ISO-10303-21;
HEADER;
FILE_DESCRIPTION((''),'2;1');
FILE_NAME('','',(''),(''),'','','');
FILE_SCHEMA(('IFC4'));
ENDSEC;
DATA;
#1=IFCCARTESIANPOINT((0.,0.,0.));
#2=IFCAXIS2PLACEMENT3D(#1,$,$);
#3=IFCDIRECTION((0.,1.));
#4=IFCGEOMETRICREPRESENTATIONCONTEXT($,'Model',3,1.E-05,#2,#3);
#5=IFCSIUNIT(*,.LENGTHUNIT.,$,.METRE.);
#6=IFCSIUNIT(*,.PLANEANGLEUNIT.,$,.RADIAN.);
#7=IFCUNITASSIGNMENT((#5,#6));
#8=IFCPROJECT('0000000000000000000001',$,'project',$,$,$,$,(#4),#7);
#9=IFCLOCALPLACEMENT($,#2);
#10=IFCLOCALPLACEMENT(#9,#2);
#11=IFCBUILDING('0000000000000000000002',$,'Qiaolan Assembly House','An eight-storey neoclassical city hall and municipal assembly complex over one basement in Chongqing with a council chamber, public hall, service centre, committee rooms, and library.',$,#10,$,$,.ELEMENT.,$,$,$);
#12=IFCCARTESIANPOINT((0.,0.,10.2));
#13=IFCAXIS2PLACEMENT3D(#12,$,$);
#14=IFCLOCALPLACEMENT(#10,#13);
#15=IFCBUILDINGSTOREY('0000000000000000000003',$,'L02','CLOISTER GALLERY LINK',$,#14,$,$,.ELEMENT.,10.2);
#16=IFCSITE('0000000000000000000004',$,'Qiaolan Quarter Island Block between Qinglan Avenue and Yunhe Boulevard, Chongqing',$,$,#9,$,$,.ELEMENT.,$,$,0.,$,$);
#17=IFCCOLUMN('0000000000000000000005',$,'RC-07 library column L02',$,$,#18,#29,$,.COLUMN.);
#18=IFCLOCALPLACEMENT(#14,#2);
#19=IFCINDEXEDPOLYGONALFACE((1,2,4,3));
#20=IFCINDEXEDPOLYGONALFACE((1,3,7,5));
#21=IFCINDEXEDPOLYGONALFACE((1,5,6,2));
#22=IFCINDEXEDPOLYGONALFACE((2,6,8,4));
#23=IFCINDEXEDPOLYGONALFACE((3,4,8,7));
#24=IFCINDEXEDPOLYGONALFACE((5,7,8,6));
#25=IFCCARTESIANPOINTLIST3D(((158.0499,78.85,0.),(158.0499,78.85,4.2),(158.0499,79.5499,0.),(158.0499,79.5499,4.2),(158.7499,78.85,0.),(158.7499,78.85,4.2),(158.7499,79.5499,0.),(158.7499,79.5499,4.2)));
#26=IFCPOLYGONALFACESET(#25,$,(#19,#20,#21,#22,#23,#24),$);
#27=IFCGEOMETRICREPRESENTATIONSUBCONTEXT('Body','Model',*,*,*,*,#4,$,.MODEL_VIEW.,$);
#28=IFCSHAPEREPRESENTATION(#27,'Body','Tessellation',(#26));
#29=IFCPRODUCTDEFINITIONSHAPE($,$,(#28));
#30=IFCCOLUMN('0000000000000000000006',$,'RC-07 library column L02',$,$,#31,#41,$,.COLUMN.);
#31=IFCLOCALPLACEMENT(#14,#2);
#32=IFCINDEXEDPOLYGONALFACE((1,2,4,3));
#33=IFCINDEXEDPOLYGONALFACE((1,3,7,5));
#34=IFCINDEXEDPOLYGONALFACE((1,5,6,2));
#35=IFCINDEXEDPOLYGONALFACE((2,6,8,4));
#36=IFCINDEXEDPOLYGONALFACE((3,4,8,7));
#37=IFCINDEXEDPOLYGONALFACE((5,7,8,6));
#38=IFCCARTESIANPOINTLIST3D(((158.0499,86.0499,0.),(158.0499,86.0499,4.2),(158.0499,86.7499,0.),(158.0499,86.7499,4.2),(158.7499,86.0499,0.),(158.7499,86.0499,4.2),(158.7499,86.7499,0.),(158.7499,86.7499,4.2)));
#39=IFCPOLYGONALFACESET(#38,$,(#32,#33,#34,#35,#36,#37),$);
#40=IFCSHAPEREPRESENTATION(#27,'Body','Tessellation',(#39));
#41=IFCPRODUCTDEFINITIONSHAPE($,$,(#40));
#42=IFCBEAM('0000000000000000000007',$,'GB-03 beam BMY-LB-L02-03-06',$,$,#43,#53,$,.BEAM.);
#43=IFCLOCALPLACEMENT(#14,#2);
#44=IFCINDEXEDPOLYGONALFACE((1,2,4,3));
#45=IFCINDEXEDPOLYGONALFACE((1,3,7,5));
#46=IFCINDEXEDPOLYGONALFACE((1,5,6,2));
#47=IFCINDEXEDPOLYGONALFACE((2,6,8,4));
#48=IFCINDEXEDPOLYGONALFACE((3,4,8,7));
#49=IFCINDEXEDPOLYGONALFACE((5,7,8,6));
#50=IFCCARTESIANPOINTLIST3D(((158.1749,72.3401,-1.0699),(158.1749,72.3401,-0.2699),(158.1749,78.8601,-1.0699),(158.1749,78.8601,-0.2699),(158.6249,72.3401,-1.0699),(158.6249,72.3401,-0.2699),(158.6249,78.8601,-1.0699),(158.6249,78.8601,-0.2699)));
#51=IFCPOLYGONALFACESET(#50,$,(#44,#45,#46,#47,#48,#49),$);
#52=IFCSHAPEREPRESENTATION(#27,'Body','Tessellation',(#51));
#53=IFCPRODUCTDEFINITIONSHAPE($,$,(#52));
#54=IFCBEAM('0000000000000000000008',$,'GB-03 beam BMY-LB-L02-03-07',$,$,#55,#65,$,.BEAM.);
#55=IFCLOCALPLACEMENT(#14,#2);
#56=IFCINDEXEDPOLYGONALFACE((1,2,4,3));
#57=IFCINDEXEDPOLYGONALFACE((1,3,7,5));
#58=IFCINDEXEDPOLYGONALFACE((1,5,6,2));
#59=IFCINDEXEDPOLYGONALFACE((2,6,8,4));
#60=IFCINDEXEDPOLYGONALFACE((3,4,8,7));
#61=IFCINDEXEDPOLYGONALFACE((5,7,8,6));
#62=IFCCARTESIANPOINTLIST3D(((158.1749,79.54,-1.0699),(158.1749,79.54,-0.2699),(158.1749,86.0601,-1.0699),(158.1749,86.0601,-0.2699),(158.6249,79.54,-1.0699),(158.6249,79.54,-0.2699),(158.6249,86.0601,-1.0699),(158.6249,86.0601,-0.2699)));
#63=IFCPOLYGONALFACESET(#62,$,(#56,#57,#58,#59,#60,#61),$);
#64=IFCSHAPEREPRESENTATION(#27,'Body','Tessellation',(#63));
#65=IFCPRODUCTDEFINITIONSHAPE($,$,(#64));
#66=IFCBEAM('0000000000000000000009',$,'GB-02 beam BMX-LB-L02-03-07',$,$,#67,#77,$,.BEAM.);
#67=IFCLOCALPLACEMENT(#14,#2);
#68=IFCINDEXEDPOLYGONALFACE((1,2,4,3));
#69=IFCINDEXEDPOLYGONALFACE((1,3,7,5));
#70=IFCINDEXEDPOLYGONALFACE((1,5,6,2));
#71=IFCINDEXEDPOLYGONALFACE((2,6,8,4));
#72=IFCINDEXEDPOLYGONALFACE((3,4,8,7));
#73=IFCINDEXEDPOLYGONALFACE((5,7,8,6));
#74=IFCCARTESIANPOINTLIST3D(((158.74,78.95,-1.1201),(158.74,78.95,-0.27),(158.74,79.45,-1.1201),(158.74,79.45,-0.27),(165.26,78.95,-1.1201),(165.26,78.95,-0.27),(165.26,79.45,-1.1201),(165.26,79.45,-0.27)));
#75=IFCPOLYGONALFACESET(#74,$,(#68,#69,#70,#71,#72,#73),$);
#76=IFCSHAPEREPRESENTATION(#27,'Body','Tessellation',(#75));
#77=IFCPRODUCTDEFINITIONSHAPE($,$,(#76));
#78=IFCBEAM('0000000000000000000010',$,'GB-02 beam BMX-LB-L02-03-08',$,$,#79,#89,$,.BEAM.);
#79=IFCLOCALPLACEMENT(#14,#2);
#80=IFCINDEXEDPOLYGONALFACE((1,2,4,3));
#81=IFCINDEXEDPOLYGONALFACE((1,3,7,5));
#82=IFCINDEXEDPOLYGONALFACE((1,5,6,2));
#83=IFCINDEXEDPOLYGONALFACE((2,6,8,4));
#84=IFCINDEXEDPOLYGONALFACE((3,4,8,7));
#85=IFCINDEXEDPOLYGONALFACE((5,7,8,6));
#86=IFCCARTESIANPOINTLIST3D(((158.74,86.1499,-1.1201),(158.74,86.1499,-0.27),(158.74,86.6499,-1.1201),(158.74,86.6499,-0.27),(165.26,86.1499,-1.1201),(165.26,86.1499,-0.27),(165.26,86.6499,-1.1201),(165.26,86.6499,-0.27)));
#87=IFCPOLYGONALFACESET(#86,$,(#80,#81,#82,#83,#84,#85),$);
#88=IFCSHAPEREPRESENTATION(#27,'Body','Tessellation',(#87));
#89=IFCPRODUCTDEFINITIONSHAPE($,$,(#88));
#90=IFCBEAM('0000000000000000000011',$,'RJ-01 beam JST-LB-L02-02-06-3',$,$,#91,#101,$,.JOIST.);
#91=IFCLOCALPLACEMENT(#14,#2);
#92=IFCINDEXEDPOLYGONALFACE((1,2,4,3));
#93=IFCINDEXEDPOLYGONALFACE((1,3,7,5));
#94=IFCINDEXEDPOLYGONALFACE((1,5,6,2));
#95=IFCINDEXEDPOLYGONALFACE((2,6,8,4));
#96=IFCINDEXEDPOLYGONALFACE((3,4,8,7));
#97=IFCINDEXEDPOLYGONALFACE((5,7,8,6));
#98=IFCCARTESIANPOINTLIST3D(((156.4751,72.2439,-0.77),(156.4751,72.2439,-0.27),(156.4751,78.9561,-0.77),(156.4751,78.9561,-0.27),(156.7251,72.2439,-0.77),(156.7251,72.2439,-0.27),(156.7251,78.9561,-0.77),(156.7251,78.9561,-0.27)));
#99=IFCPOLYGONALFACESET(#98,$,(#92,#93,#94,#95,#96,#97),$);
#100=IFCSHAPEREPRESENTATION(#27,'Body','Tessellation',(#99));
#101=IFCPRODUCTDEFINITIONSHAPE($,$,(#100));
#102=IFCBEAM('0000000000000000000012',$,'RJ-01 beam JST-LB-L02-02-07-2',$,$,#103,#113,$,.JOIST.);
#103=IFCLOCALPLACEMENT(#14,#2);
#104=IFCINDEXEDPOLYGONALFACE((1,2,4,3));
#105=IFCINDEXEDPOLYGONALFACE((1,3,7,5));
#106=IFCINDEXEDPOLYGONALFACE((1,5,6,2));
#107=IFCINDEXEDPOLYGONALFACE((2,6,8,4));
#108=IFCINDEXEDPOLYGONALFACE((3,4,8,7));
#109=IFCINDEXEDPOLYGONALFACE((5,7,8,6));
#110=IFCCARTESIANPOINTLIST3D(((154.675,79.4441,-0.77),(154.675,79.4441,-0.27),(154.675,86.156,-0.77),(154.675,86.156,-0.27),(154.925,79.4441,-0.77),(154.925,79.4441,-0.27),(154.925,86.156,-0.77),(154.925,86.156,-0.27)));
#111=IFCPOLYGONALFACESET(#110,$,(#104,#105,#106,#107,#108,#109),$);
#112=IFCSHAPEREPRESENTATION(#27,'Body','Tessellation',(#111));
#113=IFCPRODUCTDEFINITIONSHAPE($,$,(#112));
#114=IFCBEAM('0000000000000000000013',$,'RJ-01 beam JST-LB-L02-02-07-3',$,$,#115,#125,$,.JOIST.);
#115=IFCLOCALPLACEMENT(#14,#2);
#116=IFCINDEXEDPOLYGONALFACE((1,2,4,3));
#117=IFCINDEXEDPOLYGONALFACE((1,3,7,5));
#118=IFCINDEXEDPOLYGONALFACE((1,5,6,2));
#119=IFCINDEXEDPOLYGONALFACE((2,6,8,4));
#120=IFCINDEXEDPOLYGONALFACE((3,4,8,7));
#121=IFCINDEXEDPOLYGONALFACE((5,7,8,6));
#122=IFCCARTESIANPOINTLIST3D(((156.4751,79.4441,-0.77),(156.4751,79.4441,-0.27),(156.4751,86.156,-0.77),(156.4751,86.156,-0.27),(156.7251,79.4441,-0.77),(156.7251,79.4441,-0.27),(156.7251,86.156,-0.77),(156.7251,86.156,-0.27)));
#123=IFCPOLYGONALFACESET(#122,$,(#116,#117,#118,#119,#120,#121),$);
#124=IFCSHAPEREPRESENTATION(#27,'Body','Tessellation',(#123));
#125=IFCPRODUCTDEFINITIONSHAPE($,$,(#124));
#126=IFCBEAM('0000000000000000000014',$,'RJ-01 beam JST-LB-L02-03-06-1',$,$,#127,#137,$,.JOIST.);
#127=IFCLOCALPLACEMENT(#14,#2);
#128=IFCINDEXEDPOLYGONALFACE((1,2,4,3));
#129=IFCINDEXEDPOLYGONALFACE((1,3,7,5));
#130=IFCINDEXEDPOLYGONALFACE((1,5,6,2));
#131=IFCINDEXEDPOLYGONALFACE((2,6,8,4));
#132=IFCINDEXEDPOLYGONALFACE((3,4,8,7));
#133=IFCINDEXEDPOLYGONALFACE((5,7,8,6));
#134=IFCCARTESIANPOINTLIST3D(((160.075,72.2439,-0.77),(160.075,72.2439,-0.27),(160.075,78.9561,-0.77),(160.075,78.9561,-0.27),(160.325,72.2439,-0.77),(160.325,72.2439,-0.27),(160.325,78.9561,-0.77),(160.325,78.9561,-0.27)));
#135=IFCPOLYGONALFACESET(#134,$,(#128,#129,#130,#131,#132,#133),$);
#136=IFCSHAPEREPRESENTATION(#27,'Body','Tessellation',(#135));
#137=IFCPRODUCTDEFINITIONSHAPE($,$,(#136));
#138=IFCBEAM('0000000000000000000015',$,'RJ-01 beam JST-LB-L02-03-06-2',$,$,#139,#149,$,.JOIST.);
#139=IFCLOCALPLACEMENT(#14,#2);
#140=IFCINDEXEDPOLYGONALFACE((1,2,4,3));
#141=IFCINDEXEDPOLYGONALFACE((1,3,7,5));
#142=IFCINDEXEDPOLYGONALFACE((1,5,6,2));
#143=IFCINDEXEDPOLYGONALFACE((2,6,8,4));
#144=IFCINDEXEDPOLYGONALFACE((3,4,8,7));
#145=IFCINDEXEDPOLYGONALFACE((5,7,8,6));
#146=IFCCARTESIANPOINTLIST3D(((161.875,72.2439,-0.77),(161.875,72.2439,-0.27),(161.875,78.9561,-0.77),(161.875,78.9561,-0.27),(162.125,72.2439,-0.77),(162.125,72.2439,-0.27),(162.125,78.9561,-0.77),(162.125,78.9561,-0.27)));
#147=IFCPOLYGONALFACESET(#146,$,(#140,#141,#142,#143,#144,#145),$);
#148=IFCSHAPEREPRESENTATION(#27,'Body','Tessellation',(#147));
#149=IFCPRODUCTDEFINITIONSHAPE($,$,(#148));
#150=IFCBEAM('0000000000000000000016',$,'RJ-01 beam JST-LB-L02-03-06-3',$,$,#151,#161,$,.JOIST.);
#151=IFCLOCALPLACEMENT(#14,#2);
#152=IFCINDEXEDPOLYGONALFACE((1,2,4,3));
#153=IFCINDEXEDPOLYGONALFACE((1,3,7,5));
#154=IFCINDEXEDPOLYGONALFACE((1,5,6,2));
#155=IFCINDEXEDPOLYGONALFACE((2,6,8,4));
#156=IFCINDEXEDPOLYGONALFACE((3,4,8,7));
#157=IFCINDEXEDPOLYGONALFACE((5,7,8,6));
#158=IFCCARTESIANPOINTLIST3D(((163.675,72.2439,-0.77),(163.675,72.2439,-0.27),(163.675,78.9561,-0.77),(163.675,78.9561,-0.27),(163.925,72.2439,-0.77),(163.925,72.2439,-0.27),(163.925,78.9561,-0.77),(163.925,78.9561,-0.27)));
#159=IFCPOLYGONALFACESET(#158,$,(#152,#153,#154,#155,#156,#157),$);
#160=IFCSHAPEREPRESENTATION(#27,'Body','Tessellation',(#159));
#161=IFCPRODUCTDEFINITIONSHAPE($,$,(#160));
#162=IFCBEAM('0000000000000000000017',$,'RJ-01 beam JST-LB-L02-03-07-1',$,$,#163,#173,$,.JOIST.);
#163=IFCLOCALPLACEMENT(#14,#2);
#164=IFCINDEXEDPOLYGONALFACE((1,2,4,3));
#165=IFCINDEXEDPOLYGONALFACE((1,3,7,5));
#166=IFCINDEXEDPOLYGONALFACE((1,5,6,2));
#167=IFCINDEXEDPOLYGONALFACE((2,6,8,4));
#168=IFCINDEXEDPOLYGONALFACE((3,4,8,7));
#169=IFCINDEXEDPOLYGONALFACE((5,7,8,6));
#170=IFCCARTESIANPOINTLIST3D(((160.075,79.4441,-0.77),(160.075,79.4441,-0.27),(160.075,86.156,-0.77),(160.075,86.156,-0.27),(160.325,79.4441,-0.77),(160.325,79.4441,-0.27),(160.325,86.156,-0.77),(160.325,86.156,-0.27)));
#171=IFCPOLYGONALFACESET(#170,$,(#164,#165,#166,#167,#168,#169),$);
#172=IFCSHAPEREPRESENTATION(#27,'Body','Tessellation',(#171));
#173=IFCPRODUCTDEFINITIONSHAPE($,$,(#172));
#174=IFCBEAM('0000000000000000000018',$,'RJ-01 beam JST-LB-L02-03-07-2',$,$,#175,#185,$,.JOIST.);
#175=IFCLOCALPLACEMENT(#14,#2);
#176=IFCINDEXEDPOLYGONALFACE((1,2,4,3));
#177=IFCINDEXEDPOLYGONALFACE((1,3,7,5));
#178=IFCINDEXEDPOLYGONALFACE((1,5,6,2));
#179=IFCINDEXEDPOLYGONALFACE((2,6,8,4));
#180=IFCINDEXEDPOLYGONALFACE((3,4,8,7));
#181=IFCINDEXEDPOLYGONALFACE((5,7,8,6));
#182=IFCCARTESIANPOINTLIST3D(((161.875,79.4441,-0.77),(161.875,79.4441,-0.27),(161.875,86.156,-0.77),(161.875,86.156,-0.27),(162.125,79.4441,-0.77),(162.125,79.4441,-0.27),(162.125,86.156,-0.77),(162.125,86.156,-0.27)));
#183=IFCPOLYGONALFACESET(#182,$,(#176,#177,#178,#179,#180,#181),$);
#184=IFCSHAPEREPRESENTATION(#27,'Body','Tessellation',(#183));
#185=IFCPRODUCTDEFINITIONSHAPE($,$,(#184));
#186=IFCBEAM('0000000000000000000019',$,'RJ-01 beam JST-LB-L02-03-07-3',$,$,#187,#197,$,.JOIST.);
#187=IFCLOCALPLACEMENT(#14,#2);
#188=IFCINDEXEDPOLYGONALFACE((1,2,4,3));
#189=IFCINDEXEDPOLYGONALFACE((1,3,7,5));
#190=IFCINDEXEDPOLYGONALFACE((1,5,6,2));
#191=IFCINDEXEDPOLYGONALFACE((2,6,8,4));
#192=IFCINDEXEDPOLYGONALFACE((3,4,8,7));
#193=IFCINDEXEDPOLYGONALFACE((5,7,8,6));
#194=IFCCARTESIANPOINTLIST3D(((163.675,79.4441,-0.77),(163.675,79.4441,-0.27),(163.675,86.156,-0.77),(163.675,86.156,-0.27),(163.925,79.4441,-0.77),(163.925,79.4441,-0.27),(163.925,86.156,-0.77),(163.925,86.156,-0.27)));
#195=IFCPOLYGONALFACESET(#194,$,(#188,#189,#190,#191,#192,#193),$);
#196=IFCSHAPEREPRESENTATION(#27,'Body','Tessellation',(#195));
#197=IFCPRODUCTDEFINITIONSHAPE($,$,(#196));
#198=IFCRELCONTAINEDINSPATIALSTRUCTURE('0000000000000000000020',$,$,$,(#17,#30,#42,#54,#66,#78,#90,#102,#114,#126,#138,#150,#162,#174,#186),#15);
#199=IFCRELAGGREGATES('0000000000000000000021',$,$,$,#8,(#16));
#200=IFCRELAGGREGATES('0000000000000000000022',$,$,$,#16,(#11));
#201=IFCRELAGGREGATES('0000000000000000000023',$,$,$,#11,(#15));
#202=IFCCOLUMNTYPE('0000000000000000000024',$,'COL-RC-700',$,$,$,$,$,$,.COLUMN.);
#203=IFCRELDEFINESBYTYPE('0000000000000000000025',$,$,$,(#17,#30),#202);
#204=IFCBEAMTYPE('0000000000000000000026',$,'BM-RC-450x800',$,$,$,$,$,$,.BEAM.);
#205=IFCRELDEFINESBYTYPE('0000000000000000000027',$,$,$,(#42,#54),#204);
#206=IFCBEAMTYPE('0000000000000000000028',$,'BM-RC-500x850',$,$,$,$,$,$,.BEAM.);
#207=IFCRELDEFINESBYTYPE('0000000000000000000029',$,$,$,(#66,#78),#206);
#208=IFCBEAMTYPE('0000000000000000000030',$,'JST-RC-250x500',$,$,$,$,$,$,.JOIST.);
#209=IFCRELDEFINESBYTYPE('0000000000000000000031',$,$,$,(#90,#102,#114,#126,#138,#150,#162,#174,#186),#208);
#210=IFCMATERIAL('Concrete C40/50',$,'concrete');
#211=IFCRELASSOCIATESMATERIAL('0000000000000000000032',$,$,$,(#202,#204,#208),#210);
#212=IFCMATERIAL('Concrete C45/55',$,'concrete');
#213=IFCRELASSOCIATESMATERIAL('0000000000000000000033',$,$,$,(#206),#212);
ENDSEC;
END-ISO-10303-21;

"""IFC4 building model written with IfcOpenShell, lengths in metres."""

from ifc_helpers import new_model, si_unit, direction, frame, origin, origin_2d, place, context, subcontext, project, spatial, rectangle, extrude, material, material_profile, profile_set, type_object, element, save


model = new_model("IFC4")

# Units and contexts
model_context = context("Model", 3, precision=1e-05, world=origin(), true_north=direction((0.0, 1.0)))
body_context = subcontext(model_context, "Body", "Model", "MODEL_VIEW")
ifc_project = project(units=[si_unit("LENGTHUNIT", "METRE"), si_unit("PLANEANGLEUNIT", "RADIAN")], contexts=[model_context])

# Site, building, storey
site_placement = place(None, origin())
site = spatial("IfcSite", under=ifc_project, at=site_placement, Name="Qiaolan Quarter Island Block between Qinglan Avenue and Yunhe Boulevard, Chongqing", CompositionType="ELEMENT", RefElevation=0.0)
building_placement = place(site_placement, origin())
building = spatial("IfcBuilding", under=site, at=building_placement, Name="Qiaolan Assembly House", Description="An eight-storey neoclassical city hall and municipal assembly complex over one basement in Chongqing with a council chamber, public hall, service centre, committee rooms, and library.", CompositionType="ELEMENT")
storey_placement = place(building_placement, frame((0.0, 0.0, 10.2)))
storey = spatial("IfcBuildingStorey", under=building, at=storey_placement, Name="L02", Description="CLOISTER GALLERY LINK", CompositionType="ELEMENT", Elevation=10.2)

# Columns
ifc_material_1 = material(Name="Concrete C40/50", Category="concrete")
ifc_material_profile_1 = material_profile(ifc_material_1, rectangle(XDim=0.7, YDim=0.7, at=origin_2d()), Name="RC 700x700")
ifc_profile_set_1 = profile_set([ifc_material_profile_1], Name="Concrete C40/50")
column_type = type_object("IfcColumnType", Name="COL-RC-700", PredefinedType="COLUMN", material=ifc_profile_set_1)
for number, where, z_axis, x_axis, name in (
    (1, (158.3999, 79.2, 0.0), (0.0, 0.0, 1.0), (1.0, 0.0, 0.0), "RC-07 library column L02"),
    (2, (158.3999, 86.3999, 0.0), (0.0, 0.0, 1.0), (1.0, 0.0, 0.0), "RC-07 library column L02"),
):
    element("IfcColumn", number, at=place(storey_placement, frame(where, z_axis=z_axis, x_axis=x_axis)), inside=storey, type_object=column_type, Name=name, PredefinedType="COLUMN", context=body_context, shape_type="SweptSolid", body=[
        extrude(rectangle(XDim=0.7, YDim=0.7, at=origin_2d()), origin(), (0.0, 0.0, 1.0), 4.2),
    ])

# Beams
ifc_material_profile_2 = material_profile(ifc_material_1, rectangle(XDim=0.45, YDim=0.8, at=origin_2d()), Name="RCB 450x800")
ifc_profile_set_2 = profile_set([ifc_material_profile_2], Name="Concrete C40/50")
beam_type_1 = type_object("IfcBeamType", Name="BM-RC-450x800", PredefinedType="BEAM", material=ifc_profile_set_2)
for number, where, z_axis, x_axis, name in (
    (3, (158.3999, 72.3401, -0.6699), (0.0, 1.0, 0.0), (-1.0, 0.0, 0.0), "GB-03 beam BMY-LB-L02-03-06"),
    (4, (158.3999, 79.54, -0.6699), (0.0, 1.0, 0.0), (-1.0, 0.0, 0.0), "GB-03 beam BMY-LB-L02-03-07"),
):
    element("IfcBeam", number, at=place(storey_placement, frame(where, z_axis=z_axis, x_axis=x_axis)), inside=storey, type_object=beam_type_1, Name=name, PredefinedType="BEAM", context=body_context, shape_type="SweptSolid", body=[
        extrude(rectangle(XDim=0.45, YDim=0.8, at=origin_2d()), origin(), (0.0, 0.0, 1.0), 6.52),
    ])
ifc_material_2 = material(Name="Concrete C45/55", Category="concrete")
ifc_material_profile_3 = material_profile(ifc_material_2, rectangle(XDim=0.5, YDim=0.8501, at=origin_2d()), Name="RCB 500x850")
ifc_profile_set_3 = profile_set([ifc_material_profile_3], Name="Concrete C45/55")
beam_type_2 = type_object("IfcBeamType", Name="BM-RC-500x850", PredefinedType="BEAM", material=ifc_profile_set_3)
for number, where, z_axis, x_axis, name in (
    (5, (158.74, 79.2, -0.6951), (1.0, 0.0, 0.0), (0.0, 1.0, 0.0), "GB-02 beam BMX-LB-L02-03-07"),
    (6, (158.74, 86.3999, -0.6951), (1.0, 0.0, 0.0), (0.0, 1.0, 0.0), "GB-02 beam BMX-LB-L02-03-08"),
):
    element("IfcBeam", number, at=place(storey_placement, frame(where, z_axis=z_axis, x_axis=x_axis)), inside=storey, type_object=beam_type_2, Name=name, PredefinedType="BEAM", context=body_context, shape_type="SweptSolid", body=[
        extrude(rectangle(XDim=0.5, YDim=0.8501, at=origin_2d()), origin(), (0.0, 0.0, 1.0), 6.52),
    ])
ifc_material_profile_4 = material_profile(ifc_material_1, rectangle(XDim=0.25, YDim=0.5, at=origin_2d()), Name="RCB 250x500")
ifc_profile_set_4 = profile_set([ifc_material_profile_4], Name="Concrete C40/50")
beam_type_3 = type_object("IfcBeamType", Name="JST-RC-250x500", PredefinedType="JOIST", material=ifc_profile_set_4)
beam_placement = place(storey_placement, frame((156.6001, 72.2439, -0.52), z_axis=(0.0, 1.0, 0.0), x_axis=(-1.0, 0.0, 0.0)))
element("IfcBeam", 7, at=beam_placement, inside=storey, type_object=beam_type_3, Name="RJ-01 beam JST-LB-L02-02-06-3", PredefinedType="JOIST", context=body_context, shape_type="SweptSolid", body=[
    extrude(rectangle(XDim=0.25, YDim=0.5, at=origin_2d()), origin(), (0.0, 0.0, 1.0), 6.7122),
])
for number, where, z_axis, x_axis, name in (
    (8, (154.8, 79.4441, -0.52), (0.0, 1.0, 0.0), (-1.0, 0.0, 0.0), "RJ-01 beam JST-LB-L02-02-07-2"),
    (9, (156.6001, 79.4441, -0.52), (0.0, 1.0, 0.0), (-1.0, 0.0, 0.0), "RJ-01 beam JST-LB-L02-02-07-3"),
):
    element("IfcBeam", number, at=place(storey_placement, frame(where, z_axis=z_axis, x_axis=x_axis)), inside=storey, type_object=beam_type_3, Name=name, PredefinedType="JOIST", context=body_context, shape_type="SweptSolid", body=[
        extrude(rectangle(XDim=0.25, YDim=0.5, at=origin_2d()), origin(), (0.0, 0.0, 1.0), 6.7119),
    ])
for number, where, z_axis, x_axis, name in (
    (10, (160.2, 72.2439, -0.52), (0.0, 1.0, 0.0), (-1.0, 0.0, 0.0), "RJ-01 beam JST-LB-L02-03-06-1"),
    (11, (162.0, 72.2439, -0.52), (0.0, 1.0, 0.0), (-1.0, 0.0, 0.0), "RJ-01 beam JST-LB-L02-03-06-2"),
    (12, (163.8, 72.2439, -0.52), (0.0, 1.0, 0.0), (-1.0, 0.0, 0.0), "RJ-01 beam JST-LB-L02-03-06-3"),
):
    element("IfcBeam", number, at=place(storey_placement, frame(where, z_axis=z_axis, x_axis=x_axis)), inside=storey, type_object=beam_type_3, Name=name, PredefinedType="JOIST", context=body_context, shape_type="SweptSolid", body=[
        extrude(rectangle(XDim=0.25, YDim=0.5, at=origin_2d()), origin(), (0.0, 0.0, 1.0), 6.7122),
    ])
for number, where, z_axis, x_axis, name in (
    (13, (160.2, 79.4441, -0.52), (0.0, 1.0, 0.0), (-1.0, 0.0, 0.0), "RJ-01 beam JST-LB-L02-03-07-1"),
    (14, (162.0, 79.4441, -0.52), (0.0, 1.0, 0.0), (-1.0, 0.0, 0.0), "RJ-01 beam JST-LB-L02-03-07-2"),
    (15, (163.8, 79.4441, -0.52), (0.0, 1.0, 0.0), (-1.0, 0.0, 0.0), "RJ-01 beam JST-LB-L02-03-07-3"),
):
    element("IfcBeam", number, at=place(storey_placement, frame(where, z_axis=z_axis, x_axis=x_axis)), inside=storey, type_object=beam_type_3, Name=name, PredefinedType="JOIST", context=body_context, shape_type="SweptSolid", body=[
        extrude(rectangle(XDim=0.25, YDim=0.5, at=origin_2d()), origin(), (0.0, 0.0, 1.0), 6.7119),
    ])

save(model, "model.ifc")
